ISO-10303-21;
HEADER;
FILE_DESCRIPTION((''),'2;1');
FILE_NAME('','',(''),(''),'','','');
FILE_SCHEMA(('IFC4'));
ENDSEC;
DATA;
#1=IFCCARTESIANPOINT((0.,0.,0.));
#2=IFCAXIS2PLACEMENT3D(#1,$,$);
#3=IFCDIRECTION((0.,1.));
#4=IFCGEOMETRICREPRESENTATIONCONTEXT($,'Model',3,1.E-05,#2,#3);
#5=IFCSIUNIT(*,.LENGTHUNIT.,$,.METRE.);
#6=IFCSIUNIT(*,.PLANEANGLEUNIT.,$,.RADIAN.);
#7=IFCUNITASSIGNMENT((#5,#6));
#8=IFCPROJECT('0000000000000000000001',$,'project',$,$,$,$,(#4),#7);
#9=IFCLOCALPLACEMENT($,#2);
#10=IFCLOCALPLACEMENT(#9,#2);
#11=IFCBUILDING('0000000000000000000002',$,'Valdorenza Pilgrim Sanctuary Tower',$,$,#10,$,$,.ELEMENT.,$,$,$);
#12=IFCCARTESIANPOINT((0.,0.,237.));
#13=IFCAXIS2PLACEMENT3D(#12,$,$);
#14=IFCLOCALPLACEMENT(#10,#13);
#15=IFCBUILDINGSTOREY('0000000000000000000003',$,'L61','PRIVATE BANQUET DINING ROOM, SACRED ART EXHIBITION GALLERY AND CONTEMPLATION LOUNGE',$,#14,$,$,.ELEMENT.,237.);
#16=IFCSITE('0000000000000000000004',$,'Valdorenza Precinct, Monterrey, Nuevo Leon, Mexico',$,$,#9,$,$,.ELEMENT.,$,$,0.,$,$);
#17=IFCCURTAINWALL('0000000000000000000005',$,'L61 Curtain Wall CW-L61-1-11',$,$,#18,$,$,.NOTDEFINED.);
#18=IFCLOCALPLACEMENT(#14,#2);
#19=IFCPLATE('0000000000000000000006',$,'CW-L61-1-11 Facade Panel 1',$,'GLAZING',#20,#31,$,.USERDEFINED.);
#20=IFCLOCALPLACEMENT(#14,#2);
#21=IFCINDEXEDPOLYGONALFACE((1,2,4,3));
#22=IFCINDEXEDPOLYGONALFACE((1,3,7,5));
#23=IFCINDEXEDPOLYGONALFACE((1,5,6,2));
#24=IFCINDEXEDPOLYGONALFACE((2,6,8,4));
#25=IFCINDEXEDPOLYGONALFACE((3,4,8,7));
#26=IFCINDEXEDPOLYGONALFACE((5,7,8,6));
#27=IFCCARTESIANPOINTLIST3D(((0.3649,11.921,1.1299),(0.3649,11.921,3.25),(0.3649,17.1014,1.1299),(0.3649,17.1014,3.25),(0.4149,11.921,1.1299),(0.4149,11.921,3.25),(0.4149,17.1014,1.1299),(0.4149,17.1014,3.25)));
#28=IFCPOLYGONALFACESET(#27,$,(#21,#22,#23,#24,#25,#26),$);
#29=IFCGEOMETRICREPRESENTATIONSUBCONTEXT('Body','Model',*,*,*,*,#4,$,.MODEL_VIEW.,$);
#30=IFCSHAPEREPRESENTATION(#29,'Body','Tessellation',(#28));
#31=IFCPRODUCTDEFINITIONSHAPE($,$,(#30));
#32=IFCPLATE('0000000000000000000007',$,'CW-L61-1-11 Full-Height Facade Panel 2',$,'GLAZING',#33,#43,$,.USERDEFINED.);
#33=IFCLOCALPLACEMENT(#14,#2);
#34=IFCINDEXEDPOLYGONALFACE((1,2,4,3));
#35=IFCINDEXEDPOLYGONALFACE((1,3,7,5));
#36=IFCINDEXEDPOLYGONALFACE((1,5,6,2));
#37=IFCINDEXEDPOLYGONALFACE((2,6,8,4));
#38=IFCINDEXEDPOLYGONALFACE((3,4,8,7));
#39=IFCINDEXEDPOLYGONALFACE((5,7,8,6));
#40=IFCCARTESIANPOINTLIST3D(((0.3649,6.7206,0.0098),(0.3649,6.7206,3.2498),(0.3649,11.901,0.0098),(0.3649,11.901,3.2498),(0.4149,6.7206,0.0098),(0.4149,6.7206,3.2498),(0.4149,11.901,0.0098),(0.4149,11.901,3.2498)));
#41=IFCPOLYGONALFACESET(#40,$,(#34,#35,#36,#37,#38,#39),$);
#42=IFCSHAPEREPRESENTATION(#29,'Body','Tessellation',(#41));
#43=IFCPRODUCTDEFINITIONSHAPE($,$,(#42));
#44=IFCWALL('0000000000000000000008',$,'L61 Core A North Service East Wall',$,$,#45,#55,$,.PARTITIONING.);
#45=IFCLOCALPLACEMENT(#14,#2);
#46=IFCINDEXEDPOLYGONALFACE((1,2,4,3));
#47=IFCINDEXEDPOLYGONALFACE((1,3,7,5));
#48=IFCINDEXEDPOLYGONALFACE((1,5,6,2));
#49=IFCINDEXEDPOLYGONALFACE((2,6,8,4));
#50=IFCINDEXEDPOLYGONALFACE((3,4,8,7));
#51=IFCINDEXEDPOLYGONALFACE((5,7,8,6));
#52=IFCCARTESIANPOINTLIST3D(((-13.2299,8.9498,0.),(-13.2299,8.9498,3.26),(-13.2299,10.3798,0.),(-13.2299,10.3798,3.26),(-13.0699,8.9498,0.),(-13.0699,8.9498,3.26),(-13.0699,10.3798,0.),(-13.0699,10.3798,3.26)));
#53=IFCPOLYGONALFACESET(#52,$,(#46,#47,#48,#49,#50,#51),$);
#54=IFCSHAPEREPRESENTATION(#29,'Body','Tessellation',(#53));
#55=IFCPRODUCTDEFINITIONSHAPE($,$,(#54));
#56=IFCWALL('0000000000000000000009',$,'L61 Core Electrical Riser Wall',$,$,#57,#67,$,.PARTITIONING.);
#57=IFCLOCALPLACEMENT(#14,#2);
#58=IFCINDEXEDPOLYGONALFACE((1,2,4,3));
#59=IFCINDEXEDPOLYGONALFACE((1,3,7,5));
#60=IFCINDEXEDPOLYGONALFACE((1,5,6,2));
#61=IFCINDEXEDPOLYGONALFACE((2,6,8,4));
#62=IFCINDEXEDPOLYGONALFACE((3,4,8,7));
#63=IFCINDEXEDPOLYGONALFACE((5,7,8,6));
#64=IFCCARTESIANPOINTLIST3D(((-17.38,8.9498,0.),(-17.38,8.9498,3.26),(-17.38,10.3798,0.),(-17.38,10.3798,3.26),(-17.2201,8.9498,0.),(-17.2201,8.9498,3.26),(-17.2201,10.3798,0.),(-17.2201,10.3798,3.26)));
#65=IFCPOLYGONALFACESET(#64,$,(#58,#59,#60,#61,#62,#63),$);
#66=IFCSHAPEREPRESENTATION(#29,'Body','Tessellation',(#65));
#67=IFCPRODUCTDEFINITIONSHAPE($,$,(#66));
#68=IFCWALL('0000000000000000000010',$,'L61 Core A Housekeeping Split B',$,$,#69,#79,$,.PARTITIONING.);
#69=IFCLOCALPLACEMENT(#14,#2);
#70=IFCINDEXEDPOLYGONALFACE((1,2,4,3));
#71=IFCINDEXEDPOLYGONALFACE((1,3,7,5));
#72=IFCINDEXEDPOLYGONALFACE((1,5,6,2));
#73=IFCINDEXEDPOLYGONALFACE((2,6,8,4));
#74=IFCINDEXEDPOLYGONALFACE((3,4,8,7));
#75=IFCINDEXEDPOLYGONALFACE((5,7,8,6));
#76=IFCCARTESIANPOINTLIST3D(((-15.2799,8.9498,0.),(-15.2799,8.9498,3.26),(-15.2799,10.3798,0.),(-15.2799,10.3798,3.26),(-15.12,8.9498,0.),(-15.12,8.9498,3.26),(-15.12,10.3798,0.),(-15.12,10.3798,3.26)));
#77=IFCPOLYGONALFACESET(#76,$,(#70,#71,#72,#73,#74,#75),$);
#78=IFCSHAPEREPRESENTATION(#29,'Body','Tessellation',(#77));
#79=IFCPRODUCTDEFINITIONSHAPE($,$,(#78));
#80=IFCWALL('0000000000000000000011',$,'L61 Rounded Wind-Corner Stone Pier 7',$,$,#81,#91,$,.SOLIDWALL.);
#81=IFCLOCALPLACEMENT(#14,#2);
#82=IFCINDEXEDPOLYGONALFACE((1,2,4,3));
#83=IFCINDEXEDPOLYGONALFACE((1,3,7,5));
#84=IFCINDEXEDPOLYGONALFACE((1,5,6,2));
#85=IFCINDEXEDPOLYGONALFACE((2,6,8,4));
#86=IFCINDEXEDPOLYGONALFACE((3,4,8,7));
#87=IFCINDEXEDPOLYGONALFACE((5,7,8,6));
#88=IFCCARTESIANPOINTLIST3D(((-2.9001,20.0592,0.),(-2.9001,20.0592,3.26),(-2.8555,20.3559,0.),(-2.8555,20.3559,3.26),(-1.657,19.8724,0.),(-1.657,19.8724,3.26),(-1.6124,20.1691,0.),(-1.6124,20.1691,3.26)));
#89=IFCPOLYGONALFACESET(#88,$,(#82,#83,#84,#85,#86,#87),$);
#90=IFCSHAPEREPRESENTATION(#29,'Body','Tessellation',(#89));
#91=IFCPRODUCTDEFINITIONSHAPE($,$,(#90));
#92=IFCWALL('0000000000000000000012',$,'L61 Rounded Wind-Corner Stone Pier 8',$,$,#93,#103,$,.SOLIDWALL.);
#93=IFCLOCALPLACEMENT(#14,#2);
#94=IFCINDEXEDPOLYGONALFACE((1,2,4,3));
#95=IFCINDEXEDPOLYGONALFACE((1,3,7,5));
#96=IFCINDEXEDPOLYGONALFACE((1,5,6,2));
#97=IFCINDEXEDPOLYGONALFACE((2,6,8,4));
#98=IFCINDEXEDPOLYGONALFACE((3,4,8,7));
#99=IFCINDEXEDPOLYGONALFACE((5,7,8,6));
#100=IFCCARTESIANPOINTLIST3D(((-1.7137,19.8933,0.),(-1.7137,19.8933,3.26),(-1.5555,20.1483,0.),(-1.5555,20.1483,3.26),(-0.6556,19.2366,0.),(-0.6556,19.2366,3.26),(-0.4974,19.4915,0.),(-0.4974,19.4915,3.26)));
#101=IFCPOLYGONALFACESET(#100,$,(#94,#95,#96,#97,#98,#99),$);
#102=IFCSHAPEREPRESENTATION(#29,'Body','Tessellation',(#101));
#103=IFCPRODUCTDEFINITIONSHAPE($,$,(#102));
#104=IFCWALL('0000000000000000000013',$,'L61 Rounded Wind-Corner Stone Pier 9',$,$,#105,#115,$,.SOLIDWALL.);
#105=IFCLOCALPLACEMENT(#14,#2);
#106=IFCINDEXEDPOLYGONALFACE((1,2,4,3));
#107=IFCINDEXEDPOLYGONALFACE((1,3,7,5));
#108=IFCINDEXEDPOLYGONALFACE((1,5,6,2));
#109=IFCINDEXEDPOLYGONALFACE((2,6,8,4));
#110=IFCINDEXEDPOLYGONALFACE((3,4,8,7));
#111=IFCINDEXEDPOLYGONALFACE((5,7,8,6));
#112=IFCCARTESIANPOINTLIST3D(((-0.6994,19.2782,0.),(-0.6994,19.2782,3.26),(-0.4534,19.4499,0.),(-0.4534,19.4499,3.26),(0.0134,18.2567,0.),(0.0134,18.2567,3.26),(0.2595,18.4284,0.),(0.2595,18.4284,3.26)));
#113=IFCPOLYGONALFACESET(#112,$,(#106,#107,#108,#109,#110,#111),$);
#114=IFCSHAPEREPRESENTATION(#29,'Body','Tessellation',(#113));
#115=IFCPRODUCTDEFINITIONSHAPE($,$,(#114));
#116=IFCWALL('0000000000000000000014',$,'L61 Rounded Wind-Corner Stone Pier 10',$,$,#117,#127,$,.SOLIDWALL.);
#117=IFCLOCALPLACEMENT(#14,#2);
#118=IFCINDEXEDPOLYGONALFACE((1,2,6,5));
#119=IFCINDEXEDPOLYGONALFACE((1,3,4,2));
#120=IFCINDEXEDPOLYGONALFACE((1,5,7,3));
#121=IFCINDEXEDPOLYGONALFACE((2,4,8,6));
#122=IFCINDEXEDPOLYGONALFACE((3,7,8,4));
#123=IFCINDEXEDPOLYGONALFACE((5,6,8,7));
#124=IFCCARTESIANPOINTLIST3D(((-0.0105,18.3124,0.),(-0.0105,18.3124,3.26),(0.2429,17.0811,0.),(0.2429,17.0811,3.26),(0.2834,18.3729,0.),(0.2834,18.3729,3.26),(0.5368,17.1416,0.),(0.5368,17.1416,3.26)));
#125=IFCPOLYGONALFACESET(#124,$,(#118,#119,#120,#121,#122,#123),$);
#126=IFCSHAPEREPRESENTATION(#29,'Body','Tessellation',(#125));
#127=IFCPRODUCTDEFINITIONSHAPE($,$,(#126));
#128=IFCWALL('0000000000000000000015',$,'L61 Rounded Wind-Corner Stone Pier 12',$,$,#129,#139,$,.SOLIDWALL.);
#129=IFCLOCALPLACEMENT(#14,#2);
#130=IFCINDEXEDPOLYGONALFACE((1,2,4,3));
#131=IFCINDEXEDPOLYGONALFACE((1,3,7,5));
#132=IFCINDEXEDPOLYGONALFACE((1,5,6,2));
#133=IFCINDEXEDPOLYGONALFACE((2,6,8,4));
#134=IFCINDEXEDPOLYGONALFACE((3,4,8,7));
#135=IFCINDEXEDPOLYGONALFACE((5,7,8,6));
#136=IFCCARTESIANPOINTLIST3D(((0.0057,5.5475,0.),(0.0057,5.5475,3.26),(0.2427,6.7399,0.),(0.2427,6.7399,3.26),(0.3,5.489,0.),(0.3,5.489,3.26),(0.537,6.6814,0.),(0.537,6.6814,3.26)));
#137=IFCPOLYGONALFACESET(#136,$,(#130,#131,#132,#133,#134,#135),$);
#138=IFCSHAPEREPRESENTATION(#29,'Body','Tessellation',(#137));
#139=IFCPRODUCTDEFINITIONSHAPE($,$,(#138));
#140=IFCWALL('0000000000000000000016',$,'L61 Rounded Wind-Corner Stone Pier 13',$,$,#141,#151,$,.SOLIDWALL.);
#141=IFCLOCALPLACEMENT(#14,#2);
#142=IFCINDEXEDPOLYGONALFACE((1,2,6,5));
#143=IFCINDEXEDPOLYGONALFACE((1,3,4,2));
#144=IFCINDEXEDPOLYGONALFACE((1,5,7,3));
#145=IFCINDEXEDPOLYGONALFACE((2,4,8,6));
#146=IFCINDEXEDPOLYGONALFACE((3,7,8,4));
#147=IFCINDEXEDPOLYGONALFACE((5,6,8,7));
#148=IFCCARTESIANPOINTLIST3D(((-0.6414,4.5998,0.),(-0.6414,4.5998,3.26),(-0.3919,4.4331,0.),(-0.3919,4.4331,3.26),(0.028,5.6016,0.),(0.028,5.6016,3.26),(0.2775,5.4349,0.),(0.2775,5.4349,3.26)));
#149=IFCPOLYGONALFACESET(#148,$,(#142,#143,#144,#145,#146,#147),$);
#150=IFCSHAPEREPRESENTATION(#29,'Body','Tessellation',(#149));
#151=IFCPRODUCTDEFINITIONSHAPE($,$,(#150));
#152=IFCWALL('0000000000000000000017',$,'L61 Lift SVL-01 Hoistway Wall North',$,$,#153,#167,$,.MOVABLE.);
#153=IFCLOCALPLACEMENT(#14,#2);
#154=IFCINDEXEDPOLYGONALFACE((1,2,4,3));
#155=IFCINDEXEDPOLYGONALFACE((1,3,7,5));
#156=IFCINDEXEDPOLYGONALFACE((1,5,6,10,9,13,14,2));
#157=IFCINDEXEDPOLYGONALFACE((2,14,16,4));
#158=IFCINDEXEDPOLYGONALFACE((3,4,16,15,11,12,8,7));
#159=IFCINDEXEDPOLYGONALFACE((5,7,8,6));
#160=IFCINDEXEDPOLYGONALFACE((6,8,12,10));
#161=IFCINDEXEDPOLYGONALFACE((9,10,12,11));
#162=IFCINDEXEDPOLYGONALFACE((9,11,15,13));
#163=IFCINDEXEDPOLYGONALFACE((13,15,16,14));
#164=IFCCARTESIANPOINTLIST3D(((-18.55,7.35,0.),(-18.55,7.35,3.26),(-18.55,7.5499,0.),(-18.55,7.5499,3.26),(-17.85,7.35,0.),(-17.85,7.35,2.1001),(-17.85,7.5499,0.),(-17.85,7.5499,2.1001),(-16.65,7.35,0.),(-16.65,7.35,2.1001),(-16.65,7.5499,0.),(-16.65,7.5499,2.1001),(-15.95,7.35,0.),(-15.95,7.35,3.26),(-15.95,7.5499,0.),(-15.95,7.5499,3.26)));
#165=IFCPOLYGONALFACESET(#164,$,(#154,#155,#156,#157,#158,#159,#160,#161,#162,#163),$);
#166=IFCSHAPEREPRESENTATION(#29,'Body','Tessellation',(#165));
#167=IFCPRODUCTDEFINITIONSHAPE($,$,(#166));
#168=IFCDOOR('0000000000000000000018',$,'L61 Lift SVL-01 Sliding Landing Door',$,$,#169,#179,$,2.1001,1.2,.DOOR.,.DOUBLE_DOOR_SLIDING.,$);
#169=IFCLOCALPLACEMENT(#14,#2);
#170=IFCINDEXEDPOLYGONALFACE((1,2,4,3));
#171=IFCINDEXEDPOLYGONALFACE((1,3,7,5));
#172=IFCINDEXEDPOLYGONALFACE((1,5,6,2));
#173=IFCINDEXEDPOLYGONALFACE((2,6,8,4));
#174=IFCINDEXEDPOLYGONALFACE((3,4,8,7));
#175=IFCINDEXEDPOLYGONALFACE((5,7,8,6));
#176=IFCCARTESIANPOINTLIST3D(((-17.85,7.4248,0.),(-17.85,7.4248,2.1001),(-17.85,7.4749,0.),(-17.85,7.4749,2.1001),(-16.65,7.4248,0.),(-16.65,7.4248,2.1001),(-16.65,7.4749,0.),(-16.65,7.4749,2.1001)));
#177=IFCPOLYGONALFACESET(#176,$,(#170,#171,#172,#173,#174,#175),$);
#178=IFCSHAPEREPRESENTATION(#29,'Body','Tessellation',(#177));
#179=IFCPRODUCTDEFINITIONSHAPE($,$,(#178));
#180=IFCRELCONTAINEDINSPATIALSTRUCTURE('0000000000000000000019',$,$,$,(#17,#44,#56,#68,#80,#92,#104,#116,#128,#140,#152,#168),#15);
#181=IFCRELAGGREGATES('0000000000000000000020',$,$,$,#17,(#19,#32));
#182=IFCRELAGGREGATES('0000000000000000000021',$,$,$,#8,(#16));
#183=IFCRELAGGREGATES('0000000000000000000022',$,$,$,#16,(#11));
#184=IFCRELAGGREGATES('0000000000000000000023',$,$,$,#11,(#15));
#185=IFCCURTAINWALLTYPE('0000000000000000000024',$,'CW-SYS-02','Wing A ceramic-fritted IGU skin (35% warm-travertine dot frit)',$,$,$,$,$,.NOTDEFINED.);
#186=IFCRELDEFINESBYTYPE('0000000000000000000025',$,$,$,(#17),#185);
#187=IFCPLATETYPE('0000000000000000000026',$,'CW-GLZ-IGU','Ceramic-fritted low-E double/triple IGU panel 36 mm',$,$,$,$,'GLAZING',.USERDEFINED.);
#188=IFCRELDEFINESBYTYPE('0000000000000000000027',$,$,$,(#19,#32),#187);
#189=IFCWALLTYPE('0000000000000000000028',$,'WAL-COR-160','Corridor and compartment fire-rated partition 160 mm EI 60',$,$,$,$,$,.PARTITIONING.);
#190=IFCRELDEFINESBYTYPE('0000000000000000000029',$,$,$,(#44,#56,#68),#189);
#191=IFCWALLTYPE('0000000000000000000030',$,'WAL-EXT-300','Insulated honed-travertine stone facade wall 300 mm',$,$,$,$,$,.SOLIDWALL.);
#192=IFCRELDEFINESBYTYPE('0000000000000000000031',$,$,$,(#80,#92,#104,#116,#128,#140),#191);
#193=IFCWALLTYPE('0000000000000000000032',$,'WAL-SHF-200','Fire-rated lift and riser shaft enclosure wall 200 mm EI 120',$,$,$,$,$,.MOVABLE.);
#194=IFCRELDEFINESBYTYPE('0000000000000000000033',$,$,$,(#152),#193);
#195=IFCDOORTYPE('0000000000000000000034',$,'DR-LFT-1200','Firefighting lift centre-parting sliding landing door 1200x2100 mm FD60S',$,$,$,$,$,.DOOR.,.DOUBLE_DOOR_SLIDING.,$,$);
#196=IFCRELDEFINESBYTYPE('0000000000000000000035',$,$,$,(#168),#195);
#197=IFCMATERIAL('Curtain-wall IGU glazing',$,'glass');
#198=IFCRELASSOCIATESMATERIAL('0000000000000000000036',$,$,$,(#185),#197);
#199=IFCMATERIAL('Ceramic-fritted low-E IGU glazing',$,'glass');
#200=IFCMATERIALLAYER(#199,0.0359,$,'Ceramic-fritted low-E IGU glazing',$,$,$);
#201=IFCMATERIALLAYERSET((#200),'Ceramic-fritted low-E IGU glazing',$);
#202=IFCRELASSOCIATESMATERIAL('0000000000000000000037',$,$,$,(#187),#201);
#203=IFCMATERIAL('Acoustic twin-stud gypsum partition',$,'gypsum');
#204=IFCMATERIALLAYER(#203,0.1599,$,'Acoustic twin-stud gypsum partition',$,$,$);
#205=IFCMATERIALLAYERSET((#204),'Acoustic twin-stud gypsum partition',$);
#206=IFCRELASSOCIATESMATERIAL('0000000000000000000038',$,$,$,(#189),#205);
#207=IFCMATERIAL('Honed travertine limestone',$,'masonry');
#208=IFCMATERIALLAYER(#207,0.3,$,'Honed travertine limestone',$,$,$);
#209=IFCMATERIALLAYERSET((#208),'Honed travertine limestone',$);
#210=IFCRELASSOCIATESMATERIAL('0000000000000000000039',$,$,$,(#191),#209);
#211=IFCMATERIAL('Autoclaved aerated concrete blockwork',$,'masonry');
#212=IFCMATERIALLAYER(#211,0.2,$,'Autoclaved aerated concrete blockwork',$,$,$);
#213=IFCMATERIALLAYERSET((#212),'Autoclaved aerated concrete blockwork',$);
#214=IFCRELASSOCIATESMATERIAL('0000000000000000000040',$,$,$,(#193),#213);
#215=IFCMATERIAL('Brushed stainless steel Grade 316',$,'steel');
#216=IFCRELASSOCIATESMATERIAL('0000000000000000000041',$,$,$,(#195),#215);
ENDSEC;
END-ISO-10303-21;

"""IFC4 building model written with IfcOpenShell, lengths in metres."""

from ifc_helpers import new_model, si_unit, direction, frame, frame_2d, origin, origin_2d, place, context, subcontext, project, spatial, rectangle, extrude, source, transform, mapped, material, layer, layer_set, type_object, element, fill, aggregate, save


model = new_model("IFC4")

# Units and contexts
model_context = context("Model", 3, precision=1e-05, world=origin(), true_north=direction((0.0, 1.0)))
body_context = subcontext(model_context, "Body", "Model", "MODEL_VIEW")
ifc_project = project(units=[si_unit("LENGTHUNIT", "METRE"), si_unit("PLANEANGLEUNIT", "RADIAN")], contexts=[model_context])

# Site, building, storey
site_placement = place(None, origin())
site = spatial("IfcSite", under=ifc_project, at=site_placement, Name="Valdorenza Precinct, Monterrey, Nuevo Leon, Mexico", CompositionType="ELEMENT", RefElevation=0.0)
building_placement = place(site_placement, origin())
building = spatial("IfcBuilding", under=site, at=building_placement, Name="Valdorenza Pilgrim Sanctuary Tower", CompositionType="ELEMENT")
storey_placement = place(building_placement, frame((0.0, 0.0, 237.0)))
storey = spatial("IfcBuildingStorey", under=building, at=storey_placement, Name="L61", Description="PRIVATE BANQUET DINING ROOM, SACRED ART EXHIBITION GALLERY AND CONTEMPLATION LOUNGE", CompositionType="ELEMENT", Elevation=237.0)

# Curtain wall
ifc_material_1 = material(Name="Curtain-wall IGU glazing", Category="glass")
curtain_wall_type = type_object("IfcCurtainWallType", Name="CW-SYS-02", Description="Wing A ceramic-fritted IGU skin (35% warm-travertine dot frit)", PredefinedType="NOTDEFINED", material=ifc_material_1)
curtain_wall_1_placement = place(storey_placement, origin())
curtain_wall_1 = element("IfcCurtainWall", 1, at=curtain_wall_1_placement, inside=storey, type_object=curtain_wall_type, Name="L61 Curtain Wall CW-L61-1-11", PredefinedType="NOTDEFINED")

# Plates
ifc_material_2 = material(Name="Honed travertine limestone", Category="masonry")
ifc_material_3 = material(Name="Ceramic-fritted low-E IGU glazing", Category="glass")
ifc_layer_1 = layer(ifc_material_3, 0.0359, Name="Ceramic-fritted low-E IGU glazing")
ifc_layer_set_1 = layer_set([ifc_layer_1], Name="Ceramic-fritted low-E IGU glazing")
plate_type_1 = type_object("IfcPlateType", Name="CW-GLZ-IGU", Description="Ceramic-fritted low-E double/triple IGU panel 36 mm", ElementType="GLAZING", PredefinedType="USERDEFINED", material=ifc_layer_set_1)
shared_shape_1 = source(origin(), body_context, "Body", "SweptSolid", [
    extrude(rectangle(XDim=5.1804, YDim=0.05, at=origin_2d()), origin(), (0.0, 0.0, 1.0), 2.1201),
])
plate_1_placement = place(storey_placement, frame((0.3899, 14.5112, 1.1299), z_axis=(0.0, 0.0, 1.0), x_axis=(0.0, -1.0, 0.0)))
plate_1 = element("IfcPlate", 2, at=plate_1_placement, type_object=plate_type_1, Name="CW-L61-1-11 Facade Panel 1", ObjectType="GLAZING", PredefinedType="USERDEFINED", context=body_context, shape_type="MappedRepresentation", body=[
    mapped(shared_shape_1, transform((0.0, 0.0, 0.0), x_axis=(1.0, 0.0, 0.0), y_axis=(0.0, 1.0, 0.0), z_axis=(0.0, 0.0, 1.0), scale=1.0)),
])
shared_shape_2 = source(origin(), body_context, "Body", "SweptSolid", [
    extrude(rectangle(XDim=5.1804, YDim=0.05, at=origin_2d()), origin(), (0.0, 0.0, 1.0), 3.24),
])
plate_2_placement = place(storey_placement, frame((0.3899, 9.3108, 0.0098), z_axis=(0.0, 0.0, 1.0), x_axis=(0.0, -1.0, 0.0)))
plate_2 = element("IfcPlate", 3, at=plate_2_placement, type_object=plate_type_1, Name="CW-L61-1-11 Full-Height Facade Panel 2", ObjectType="GLAZING", PredefinedType="USERDEFINED", context=body_context, shape_type="MappedRepresentation", body=[
    mapped(shared_shape_2, transform((0.0, 0.0, 0.0), x_axis=(1.0, 0.0, 0.0), y_axis=(0.0, 1.0, 0.0), z_axis=(0.0, 0.0, 1.0), scale=1.0)),
])
aggregate(curtain_wall_1, [plate_1, plate_2])

# Walls
ifc_material_4 = material(Name="Acoustic twin-stud gypsum partition", Category="gypsum")
ifc_layer_2 = layer(ifc_material_4, 0.1599, Name="Acoustic twin-stud gypsum partition")
ifc_layer_set_2 = layer_set([ifc_layer_2], Name="Acoustic twin-stud gypsum partition")
wall_type_1 = type_object("IfcWallType", Name="WAL-COR-160", Description="Corridor and compartment fire-rated partition 160 mm EI 60", PredefinedType="PARTITIONING", material=ifc_layer_set_2)
for number, where, z_axis, x_axis, name in (
    (4, (-13.1499, 8.95, 0.0), (0.0, 0.0, 1.0), (0.0, 1.0, 0.0), "L61 Core A North Service East Wall"),
    (5, (-17.3, 8.95, 0.0), (0.0, 0.0, 1.0), (0.0, 1.0, 0.0), "L61 Core Electrical Riser Wall"),
    (6, (-15.2, 8.95, 0.0), (0.0, 0.0, 1.0), (0.0, 1.0, 0.0), "L61 Core A Housekeeping Split B"),
):
    element("IfcWall", number, at=place(storey_placement, frame(where, z_axis=z_axis, x_axis=x_axis)), inside=storey, type_object=wall_type_1, Name=name, PredefinedType="PARTITIONING", context=body_context, shape_type="SweptSolid", body=[
        extrude(rectangle(XDim=1.4299, YDim=0.1599, at=frame_2d((0.7148, 0.0))), origin(), (0.0, 0.0, 1.0), 3.26),
    ])
ifc_layer_3 = layer(ifc_material_2, 0.3, Name="Honed travertine limestone")
ifc_layer_set_3 = layer_set([ifc_layer_3], Name="Honed travertine limestone")
wall_type_2 = type_object("IfcWallType", Name="WAL-EXT-300", Description="Insulated honed-travertine stone facade wall 300 mm", PredefinedType="SOLIDWALL", material=ifc_layer_set_3)
wall_1_placement = place(storey_placement, frame((-2.8777, 20.2075, 0.0), z_axis=(0.0, 0.0, 1.0), x_axis=(0.988902, -0.148568, 0.0)))
element("IfcWall", 7, at=wall_1_placement, inside=storey, type_object=wall_type_2, Name="L61 Rounded Wind-Corner Stone Pier 7", PredefinedType="SOLIDWALL", context=body_context, shape_type="SweptSolid", body=[
    extrude(rectangle(XDim=1.2571, YDim=0.3, at=frame_2d((0.6284, 0.0))), origin(), (0.0, 0.0, 1.0), 3.26),
])
wall_2_placement = place(storey_placement, frame((-1.6345, 20.0208, 0.0), z_axis=(0.0, 0.0, 1.0), x_axis=(0.849646, -0.527353, 0.0)))
element("IfcWall", 8, at=wall_2_placement, inside=storey, type_object=wall_type_2, Name="L61 Rounded Wind-Corner Stone Pier 8", PredefinedType="SOLIDWALL", context=body_context, shape_type="SweptSolid", body=[
    extrude(rectangle(XDim=1.2454, YDim=0.3, at=frame_2d((0.6226, 0.0))), origin(), (0.0, 0.0, 1.0), 3.26),
])
wall_3_placement = place(storey_placement, frame((-0.5764, 19.364, 0.0), z_axis=(0.0, 0.0, 1.0), x_axis=(0.572304, -0.820041, 0.0)))
element("IfcWall", 9, at=wall_3_placement, inside=storey, type_object=wall_type_2, Name="L61 Rounded Wind-Corner Stone Pier 9", PredefinedType="SOLIDWALL", context=body_context, shape_type="SweptSolid", body=[
    extrude(rectangle(XDim=1.2456, YDim=0.3, at=frame_2d((0.6228, 0.0))), origin(), (0.0, 0.0, 1.0), 3.26),
])
wall_4_placement = place(storey_placement, frame((0.1365, 18.3425, 0.0), z_axis=(0.0, 0.0, 1.0), x_axis=(0.201604, -0.979467, 0.0)))
element("IfcWall", 10, at=wall_4_placement, inside=storey, type_object=wall_type_2, Name="L61 Rounded Wind-Corner Stone Pier 10", PredefinedType="SOLIDWALL", context=body_context, shape_type="SweptSolid", body=[
    extrude(rectangle(XDim=1.2571, YDim=0.3, at=frame_2d((0.6284, 0.0))), origin(), (0.0, 0.0, 1.0), 3.26),
])
wall_5_placement = place(storey_placement, frame((0.3899, 6.7107, 0.0), z_axis=(0.0, 0.0, 1.0), x_axis=(-0.194996, -0.980804, 0.0)))
element("IfcWall", 11, at=wall_5_placement, inside=storey, type_object=wall_type_2, Name="L61 Rounded Wind-Corner Stone Pier 12", PredefinedType="SOLIDWALL", context=body_context, shape_type="SweptSolid", body=[
    extrude(rectangle(XDim=1.2158, YDim=0.3, at=frame_2d((0.6079, 0.0))), origin(), (0.0, 0.0, 1.0), 3.26),
])
wall_6_placement = place(storey_placement, frame((0.1528, 5.5183, 0.0), z_axis=(0.0, 0.0, 1.0), x_axis=(-0.555635, -0.831426, 0.0)))
element("IfcWall", 12, at=wall_6_placement, inside=storey, type_object=wall_type_2, Name="L61 Rounded Wind-Corner Stone Pier 13", PredefinedType="SOLIDWALL", context=body_context, shape_type="SweptSolid", body=[
    extrude(rectangle(XDim=1.2048, YDim=0.3, at=frame_2d((0.6025, 0.0))), origin(), (0.0, 0.0, 1.0), 3.26),
])

# Wall, opening, door
ifc_material_5 = material(Name="Autoclaved aerated concrete blockwork", Category="masonry")
ifc_layer_4 = layer(ifc_material_5, 0.2, Name="Autoclaved aerated concrete blockwork")
ifc_layer_set_4 = layer_set([ifc_layer_4], Name="Autoclaved aerated concrete blockwork")
wall_type_3 = type_object("IfcWallType", Name="WAL-SHF-200", Description="Fire-rated lift and riser shaft enclosure wall 200 mm EI 120", PredefinedType="MOVABLE", material=ifc_layer_set_4)
wall_7_placement = place(storey_placement, frame((-18.55, 7.45, 0.0), z_axis=(0.0, 0.0, 1.0), x_axis=(1.0, 0.0, 0.0)))
wall_7 = element("IfcWall", 13, at=wall_7_placement, inside=storey, type_object=wall_type_3, Name="L61 Lift SVL-01 Hoistway Wall North", PredefinedType="MOVABLE", context=body_context, shape_type="SweptSolid", body=[
    extrude(rectangle(XDim=2.6001, YDim=0.2, at=frame_2d((1.3, 0.0))), origin(), (0.0, 0.0, 1.0), 3.26),
])
opening_1_placement = place(wall_7_placement, frame((0.7, 0.0, 0.0)))
opening_1 = element("IfcOpeningElement", 14, at=opening_1_placement, cuts=wall_7, PredefinedType="OPENING", context=body_context, shape_type="SweptSolid", body=[
    extrude(rectangle(XDim=1.2, YDim=2.1001, at=frame_2d((0.6001, 1.05))), frame((0.0, 0.1147, 0.0), z_axis=(0.0, -1.0, 0.0), x_axis=(1.0, 0.0, 0.0)), (0.0, 0.0, 1.0), 0.2297),
])
ifc_material_6 = material(Name="Brushed stainless steel Grade 316", Category="steel")
door_type_1 = type_object("IfcDoorType", Name="DR-LFT-1200", Description="Firefighting lift centre-parting sliding landing door 1200x2100 mm FD60S", OperationType="DOUBLE_DOOR_SLIDING", PredefinedType="DOOR", material=ifc_material_6)
door_1_placement = place(opening_1_placement, origin())
door_1 = element("IfcDoor", 15, at=door_1_placement, inside=storey, type_object=door_type_1, Name="L61 Lift SVL-01 Sliding Landing Door", OperationType="DOUBLE_DOOR_SLIDING", OverallHeight=2.1001, OverallWidth=1.2, PredefinedType="DOOR", context=body_context, shape_type="SweptSolid", body=[
    extrude(rectangle(XDim=1.2, YDim=2.1001, at=frame_2d((0.6001, 1.05))), frame((0.0, 0.0249, 0.0), z_axis=(0.0, -1.0, 0.0), x_axis=(1.0, 0.0, 0.0)), (0.0, 0.0, 1.0), 0.05),
])
fill(opening_1, door_1)

save(model, "model.ifc")
